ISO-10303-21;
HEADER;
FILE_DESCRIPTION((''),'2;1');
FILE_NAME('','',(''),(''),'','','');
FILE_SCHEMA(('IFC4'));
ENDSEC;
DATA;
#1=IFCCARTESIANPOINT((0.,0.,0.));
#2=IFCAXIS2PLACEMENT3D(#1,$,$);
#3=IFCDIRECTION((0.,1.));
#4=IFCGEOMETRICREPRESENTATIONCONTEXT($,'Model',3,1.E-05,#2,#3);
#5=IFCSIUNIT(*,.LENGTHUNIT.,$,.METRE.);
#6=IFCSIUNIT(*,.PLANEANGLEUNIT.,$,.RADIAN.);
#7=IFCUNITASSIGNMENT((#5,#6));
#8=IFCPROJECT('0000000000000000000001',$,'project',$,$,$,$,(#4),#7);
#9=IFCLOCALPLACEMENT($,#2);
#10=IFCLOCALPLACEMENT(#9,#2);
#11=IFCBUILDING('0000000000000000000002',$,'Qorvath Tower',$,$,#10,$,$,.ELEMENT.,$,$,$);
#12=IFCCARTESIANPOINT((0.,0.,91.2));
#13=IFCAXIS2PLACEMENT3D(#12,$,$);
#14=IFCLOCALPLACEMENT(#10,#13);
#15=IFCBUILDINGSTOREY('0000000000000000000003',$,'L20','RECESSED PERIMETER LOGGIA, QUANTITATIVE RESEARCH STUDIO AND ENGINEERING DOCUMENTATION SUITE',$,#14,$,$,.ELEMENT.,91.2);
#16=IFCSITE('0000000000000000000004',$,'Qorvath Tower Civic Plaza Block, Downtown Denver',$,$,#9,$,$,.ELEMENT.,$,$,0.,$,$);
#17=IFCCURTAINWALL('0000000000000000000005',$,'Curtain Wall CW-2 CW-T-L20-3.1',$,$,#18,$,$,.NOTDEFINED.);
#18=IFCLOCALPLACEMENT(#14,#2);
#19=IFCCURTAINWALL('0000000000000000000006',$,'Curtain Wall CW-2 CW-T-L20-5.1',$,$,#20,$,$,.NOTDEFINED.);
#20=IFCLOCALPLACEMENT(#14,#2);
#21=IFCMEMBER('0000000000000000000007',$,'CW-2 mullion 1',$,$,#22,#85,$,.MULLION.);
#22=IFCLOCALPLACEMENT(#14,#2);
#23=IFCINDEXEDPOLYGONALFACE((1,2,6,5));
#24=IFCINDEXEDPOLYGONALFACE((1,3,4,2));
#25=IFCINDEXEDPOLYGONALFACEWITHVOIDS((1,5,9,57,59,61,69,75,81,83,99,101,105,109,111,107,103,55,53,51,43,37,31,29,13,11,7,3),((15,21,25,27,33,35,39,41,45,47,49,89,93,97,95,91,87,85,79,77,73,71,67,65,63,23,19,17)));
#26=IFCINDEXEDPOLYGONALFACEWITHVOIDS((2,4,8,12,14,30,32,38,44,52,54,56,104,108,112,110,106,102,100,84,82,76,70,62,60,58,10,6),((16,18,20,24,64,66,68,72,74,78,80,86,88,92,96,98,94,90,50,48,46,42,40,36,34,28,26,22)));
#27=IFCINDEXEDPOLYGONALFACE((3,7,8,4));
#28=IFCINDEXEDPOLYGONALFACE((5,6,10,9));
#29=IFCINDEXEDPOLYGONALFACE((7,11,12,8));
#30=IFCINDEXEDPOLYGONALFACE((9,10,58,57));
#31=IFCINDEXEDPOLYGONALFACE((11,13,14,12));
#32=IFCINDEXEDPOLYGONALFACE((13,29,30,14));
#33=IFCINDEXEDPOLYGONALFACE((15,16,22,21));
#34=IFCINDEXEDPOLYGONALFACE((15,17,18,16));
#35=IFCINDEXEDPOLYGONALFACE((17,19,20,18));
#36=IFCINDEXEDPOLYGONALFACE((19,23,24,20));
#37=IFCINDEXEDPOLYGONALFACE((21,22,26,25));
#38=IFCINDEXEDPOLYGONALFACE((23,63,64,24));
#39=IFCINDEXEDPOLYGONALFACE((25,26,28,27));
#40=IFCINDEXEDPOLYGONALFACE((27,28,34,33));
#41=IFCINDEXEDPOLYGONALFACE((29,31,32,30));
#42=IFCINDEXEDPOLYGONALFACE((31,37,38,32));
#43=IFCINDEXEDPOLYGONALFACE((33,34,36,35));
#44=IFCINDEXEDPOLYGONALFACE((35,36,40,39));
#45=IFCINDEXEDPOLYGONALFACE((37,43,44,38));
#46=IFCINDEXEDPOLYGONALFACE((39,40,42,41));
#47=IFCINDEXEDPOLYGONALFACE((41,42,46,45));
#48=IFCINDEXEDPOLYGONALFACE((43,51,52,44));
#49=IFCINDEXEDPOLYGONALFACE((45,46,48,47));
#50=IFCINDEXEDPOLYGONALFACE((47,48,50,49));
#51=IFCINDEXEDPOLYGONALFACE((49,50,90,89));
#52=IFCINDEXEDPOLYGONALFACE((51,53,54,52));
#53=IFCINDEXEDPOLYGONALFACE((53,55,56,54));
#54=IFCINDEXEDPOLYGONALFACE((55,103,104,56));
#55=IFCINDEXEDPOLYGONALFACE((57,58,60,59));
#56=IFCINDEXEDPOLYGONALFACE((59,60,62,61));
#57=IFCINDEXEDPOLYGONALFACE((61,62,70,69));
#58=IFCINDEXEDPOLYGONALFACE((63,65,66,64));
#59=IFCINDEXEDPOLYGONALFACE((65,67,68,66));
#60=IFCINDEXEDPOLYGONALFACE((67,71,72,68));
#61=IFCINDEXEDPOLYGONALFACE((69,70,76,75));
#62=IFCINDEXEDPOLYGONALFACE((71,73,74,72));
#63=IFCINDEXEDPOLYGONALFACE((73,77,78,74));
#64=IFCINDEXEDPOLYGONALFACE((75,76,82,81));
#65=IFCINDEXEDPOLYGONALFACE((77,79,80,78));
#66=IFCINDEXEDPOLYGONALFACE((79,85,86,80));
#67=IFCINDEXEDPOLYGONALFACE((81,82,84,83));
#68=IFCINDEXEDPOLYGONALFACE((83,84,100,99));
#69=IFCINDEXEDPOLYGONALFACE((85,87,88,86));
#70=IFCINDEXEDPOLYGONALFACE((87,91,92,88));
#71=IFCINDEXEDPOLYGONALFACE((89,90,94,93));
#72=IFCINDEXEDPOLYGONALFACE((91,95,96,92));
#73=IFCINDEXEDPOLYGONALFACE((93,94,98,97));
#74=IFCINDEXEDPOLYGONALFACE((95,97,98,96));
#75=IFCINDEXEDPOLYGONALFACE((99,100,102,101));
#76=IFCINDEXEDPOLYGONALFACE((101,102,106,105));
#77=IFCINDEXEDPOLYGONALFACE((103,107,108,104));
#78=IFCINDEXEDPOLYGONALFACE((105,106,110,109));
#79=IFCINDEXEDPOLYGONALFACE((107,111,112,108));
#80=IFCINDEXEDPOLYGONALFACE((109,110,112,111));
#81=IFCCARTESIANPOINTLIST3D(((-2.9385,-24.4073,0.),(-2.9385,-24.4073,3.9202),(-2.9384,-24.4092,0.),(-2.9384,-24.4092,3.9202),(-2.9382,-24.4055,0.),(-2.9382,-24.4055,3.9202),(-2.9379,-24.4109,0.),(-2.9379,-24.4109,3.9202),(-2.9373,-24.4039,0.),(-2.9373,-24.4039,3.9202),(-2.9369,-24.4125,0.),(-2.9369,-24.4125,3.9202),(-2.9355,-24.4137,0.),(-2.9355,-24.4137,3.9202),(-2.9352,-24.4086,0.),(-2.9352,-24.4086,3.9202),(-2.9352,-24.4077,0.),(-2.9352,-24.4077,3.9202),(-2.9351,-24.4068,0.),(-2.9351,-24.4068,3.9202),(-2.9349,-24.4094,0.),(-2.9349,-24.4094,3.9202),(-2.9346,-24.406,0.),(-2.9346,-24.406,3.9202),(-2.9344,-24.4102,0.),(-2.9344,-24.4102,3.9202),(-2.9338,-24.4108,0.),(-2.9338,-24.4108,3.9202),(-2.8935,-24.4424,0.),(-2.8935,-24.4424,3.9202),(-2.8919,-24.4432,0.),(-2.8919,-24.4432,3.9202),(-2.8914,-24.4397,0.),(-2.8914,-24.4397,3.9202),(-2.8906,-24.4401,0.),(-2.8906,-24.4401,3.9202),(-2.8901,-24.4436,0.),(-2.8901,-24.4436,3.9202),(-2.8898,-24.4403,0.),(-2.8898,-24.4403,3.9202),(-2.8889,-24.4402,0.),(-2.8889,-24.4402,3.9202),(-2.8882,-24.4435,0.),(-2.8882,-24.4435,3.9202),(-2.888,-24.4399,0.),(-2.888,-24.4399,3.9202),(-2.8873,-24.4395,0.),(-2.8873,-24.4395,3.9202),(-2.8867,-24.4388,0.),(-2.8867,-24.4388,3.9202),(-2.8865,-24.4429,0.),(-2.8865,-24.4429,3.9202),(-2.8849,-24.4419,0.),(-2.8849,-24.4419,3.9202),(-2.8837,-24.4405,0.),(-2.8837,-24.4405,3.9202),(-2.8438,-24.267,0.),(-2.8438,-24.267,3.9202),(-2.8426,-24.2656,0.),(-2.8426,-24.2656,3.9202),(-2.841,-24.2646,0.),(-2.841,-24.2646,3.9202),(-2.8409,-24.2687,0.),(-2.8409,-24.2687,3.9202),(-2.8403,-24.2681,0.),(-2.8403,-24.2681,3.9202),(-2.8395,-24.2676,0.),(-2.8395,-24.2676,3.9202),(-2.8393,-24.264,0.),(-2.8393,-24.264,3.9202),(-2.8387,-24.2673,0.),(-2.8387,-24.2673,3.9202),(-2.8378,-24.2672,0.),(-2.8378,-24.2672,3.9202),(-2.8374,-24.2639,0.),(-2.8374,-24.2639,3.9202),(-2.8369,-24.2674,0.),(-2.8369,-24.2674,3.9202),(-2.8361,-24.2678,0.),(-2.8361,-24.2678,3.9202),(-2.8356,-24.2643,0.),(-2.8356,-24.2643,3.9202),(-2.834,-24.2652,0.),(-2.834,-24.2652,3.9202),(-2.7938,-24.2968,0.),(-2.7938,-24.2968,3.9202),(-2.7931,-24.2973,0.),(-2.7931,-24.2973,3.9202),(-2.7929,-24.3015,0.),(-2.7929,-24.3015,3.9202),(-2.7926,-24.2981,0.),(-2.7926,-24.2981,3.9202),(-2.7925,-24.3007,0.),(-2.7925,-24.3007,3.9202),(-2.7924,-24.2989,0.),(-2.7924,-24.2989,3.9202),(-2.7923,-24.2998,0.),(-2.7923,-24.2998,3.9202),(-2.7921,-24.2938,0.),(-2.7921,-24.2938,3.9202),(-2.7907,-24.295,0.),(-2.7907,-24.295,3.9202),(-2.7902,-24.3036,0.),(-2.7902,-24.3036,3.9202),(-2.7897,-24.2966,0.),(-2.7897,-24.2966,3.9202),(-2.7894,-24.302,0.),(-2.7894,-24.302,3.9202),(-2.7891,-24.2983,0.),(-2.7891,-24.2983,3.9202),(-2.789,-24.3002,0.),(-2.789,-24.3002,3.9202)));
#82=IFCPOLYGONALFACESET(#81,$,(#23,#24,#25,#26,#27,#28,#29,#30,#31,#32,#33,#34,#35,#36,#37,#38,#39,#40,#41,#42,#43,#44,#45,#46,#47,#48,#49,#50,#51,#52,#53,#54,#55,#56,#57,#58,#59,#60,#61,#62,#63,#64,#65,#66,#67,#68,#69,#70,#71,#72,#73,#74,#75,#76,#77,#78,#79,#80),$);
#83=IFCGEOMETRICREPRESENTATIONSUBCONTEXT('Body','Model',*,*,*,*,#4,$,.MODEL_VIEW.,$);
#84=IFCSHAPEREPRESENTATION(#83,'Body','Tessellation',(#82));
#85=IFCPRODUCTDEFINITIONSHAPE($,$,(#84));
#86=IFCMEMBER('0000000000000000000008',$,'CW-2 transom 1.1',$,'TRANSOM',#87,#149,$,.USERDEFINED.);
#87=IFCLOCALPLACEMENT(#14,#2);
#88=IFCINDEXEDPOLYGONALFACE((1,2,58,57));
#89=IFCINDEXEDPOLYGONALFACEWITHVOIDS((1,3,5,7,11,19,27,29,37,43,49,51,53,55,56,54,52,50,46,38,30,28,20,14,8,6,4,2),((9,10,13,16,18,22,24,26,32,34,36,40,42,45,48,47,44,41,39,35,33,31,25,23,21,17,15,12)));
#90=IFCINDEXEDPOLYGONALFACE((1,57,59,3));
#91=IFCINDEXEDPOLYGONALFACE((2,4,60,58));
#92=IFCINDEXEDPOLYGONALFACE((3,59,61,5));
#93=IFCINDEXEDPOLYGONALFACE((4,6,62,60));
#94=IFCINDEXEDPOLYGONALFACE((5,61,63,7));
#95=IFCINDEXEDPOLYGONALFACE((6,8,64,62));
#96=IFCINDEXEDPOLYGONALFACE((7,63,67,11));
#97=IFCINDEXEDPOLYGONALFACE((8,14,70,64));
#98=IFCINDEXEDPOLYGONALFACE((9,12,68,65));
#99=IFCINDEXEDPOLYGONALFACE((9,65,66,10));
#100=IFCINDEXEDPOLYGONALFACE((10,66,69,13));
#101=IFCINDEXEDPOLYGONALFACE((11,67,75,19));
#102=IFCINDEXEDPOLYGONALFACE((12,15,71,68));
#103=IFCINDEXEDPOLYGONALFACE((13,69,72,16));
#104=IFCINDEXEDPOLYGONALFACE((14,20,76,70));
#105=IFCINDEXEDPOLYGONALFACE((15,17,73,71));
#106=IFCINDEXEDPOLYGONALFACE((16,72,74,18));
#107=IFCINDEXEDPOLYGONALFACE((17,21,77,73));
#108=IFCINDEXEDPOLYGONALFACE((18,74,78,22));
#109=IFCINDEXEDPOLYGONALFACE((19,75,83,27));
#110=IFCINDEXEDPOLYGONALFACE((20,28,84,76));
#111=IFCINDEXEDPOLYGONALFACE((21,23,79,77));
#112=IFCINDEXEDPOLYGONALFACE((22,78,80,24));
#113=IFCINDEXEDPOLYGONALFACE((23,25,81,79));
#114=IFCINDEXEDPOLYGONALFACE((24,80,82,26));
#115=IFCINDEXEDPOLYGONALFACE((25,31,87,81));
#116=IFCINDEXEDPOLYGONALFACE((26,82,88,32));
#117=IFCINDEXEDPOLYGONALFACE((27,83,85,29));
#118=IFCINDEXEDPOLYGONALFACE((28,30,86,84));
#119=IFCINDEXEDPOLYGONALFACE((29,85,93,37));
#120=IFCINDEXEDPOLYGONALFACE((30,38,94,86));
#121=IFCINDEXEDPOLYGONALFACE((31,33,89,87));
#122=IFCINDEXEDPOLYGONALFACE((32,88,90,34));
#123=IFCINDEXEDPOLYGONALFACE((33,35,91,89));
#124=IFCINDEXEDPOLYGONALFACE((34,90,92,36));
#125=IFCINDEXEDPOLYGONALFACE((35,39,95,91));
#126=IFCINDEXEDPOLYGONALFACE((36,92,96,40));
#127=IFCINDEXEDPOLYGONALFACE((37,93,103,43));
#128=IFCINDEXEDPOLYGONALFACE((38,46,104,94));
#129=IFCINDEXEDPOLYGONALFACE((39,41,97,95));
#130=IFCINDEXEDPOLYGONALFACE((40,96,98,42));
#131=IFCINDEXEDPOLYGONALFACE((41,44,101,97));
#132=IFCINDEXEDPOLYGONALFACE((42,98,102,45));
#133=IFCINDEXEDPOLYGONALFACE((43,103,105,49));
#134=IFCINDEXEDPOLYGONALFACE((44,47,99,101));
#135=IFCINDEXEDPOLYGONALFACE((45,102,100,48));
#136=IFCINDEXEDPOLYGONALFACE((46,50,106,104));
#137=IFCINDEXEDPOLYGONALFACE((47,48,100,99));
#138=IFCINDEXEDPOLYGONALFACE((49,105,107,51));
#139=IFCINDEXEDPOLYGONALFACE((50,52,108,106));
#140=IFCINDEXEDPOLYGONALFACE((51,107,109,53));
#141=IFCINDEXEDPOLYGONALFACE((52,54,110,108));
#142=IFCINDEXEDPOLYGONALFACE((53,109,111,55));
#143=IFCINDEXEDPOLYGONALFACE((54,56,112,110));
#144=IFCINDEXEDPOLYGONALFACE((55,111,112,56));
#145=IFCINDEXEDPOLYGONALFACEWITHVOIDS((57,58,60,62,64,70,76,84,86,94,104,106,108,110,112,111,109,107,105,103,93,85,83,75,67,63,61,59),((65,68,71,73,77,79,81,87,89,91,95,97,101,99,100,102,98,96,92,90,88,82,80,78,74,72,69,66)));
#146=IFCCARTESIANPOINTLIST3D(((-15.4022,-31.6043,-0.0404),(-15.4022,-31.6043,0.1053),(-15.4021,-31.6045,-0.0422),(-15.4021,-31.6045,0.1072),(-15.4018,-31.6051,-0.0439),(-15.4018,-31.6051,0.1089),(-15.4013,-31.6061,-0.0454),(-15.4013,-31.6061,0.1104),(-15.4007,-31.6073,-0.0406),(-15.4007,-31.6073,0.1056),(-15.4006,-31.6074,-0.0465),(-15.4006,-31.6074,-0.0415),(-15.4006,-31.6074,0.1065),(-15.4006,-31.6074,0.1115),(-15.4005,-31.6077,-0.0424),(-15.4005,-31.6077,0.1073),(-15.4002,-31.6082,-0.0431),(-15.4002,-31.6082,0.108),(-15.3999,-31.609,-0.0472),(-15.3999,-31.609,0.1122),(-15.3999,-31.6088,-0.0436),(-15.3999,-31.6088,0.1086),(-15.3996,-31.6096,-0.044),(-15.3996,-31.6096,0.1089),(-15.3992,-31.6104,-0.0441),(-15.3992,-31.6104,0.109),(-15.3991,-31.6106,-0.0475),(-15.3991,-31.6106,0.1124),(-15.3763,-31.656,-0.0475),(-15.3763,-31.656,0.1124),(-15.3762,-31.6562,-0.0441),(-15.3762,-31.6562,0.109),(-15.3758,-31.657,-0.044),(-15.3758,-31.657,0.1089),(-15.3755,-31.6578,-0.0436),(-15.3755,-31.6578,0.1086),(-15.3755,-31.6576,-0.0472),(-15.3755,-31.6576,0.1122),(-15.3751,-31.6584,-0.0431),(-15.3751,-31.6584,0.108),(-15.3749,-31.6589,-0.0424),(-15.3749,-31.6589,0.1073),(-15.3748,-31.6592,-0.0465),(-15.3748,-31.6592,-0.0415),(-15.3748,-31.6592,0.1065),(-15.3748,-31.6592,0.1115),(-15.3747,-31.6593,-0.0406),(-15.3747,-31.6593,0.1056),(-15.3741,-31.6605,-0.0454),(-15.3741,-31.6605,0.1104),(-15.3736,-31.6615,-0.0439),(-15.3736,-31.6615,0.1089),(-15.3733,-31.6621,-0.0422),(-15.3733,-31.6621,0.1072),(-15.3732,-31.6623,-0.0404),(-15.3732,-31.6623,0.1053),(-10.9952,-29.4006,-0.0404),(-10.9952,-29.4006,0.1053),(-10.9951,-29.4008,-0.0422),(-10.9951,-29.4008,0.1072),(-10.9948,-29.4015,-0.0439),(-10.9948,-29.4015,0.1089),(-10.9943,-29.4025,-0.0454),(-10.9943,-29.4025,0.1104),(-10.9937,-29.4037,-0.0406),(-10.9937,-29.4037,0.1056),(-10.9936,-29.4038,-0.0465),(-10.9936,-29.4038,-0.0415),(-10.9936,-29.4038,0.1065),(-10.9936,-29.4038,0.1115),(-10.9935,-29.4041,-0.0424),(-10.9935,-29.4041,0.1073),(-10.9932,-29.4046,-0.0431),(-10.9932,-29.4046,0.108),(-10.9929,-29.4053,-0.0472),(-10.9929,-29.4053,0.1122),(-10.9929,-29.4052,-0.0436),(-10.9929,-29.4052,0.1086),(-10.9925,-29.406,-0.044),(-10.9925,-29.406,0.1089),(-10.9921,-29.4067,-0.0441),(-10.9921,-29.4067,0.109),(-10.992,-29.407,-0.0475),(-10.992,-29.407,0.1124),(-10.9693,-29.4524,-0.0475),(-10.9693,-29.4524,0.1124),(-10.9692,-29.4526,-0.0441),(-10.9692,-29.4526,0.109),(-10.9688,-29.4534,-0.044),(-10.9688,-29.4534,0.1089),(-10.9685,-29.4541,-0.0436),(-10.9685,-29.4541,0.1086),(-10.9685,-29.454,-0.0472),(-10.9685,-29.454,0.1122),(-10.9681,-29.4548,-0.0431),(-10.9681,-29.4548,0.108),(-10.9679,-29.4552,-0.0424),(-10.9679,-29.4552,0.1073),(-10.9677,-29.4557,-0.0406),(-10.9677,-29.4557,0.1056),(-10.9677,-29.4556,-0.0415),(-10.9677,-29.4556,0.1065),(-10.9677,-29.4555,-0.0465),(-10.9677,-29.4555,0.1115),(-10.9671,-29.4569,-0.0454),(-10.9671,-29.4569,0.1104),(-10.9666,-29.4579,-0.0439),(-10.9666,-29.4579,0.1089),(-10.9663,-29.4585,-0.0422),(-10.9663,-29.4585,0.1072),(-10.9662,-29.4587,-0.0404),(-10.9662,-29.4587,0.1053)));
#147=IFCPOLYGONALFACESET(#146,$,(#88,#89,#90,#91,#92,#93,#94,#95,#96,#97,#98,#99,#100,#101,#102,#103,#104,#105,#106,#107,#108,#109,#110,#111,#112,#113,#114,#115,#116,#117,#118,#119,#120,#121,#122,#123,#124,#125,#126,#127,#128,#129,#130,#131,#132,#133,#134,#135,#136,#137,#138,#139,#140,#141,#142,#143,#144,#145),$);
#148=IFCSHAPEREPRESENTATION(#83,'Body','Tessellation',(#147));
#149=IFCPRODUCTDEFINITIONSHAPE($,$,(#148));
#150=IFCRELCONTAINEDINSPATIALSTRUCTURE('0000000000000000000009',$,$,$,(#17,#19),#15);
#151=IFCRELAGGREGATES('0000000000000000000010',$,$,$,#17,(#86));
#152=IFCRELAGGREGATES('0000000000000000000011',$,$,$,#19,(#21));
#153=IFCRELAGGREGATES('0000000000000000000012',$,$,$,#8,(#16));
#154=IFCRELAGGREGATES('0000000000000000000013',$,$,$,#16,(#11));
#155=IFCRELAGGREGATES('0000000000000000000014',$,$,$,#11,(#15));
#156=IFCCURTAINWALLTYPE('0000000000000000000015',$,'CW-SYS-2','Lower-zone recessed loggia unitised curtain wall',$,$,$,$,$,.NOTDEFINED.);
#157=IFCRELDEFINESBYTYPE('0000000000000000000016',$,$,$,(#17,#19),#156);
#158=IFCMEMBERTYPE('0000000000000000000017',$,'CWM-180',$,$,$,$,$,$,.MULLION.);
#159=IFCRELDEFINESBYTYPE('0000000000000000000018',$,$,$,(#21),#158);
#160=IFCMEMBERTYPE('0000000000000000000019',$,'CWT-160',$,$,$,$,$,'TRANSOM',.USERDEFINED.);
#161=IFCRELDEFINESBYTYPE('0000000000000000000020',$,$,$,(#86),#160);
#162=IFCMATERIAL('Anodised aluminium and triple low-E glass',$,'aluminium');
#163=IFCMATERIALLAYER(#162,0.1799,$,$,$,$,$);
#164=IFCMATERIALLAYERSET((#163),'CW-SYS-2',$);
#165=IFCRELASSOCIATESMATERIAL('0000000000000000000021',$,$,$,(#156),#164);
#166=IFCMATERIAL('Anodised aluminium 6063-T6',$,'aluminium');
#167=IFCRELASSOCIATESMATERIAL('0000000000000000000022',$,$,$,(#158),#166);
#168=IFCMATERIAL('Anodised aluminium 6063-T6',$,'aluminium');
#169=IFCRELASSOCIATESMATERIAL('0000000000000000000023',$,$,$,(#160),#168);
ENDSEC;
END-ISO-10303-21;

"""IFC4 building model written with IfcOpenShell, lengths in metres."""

from ifc_helpers import new_model, si_unit, direction, frame, origin, origin_2d, place, context, subcontext, project, spatial, hollow_rectangle, extrude, material, layer, layer_set, material_profile, profile_set, type_object, element, aggregate, save


model = new_model("IFC4")

# Units and contexts
model_context = context("Model", 3, precision=1e-05, world=origin(), true_north=direction((0.0, 1.0)))
body_context = subcontext(model_context, "Body", "Model", "MODEL_VIEW")
ifc_project = project(units=[si_unit("LENGTHUNIT", "METRE"), si_unit("PLANEANGLEUNIT", "RADIAN")], contexts=[model_context])

# Site, building, storey
site_placement = place(None, origin())
site = spatial("IfcSite", under=ifc_project, at=site_placement, Name="Qorvath Tower Civic Plaza Block, Downtown Denver", CompositionType="ELEMENT", RefElevation=0.0)
building_placement = place(site_placement, origin())
building = spatial("IfcBuilding", under=site, at=building_placement, Name="Qorvath Tower", CompositionType="ELEMENT")
storey_placement = place(building_placement, frame((0.0, 0.0, 91.2)))
storey = spatial("IfcBuildingStorey", under=building, at=storey_placement, Name="L20", Description="RECESSED PERIMETER LOGGIA, QUANTITATIVE RESEARCH STUDIO AND ENGINEERING DOCUMENTATION SUITE", CompositionType="ELEMENT", Elevation=91.2)

# Shared definitions
ifc_material_1 = material(Name="Anodised aluminium and triple low-E glass", Category="aluminium")
ifc_layer_1 = layer(ifc_material_1, 0.1799)
ifc_layer_set_1 = layer_set([ifc_layer_1], Name="CW-SYS-2")
curtain_wall_type = type_object("IfcCurtainWallType", Name="CW-SYS-2", Description="Lower-zone recessed loggia unitised curtain wall", PredefinedType="NOTDEFINED", material=ifc_layer_set_1)
ifc_material_2 = material(Name="Anodised aluminium 6063-T6", Category="aluminium")
ifc_material_profile_1 = material_profile(ifc_material_2, hollow_rectangle(XDim=0.0649, YDim=0.1799, WallThickness=0.0034, InnerFilletRadius=0.0034, OuterFilletRadius=0.0071, at=origin_2d()), Name="CWM 180x65")
ifc_profile_set_1 = profile_set([ifc_material_profile_1], Name="Anodised aluminium 6063-T6")
member_type_1 = type_object("IfcMemberType", Name="CWM-180", PredefinedType="MULLION", material=ifc_profile_set_1)

# Curtain wall
curtain_wall_1_placement = place(storey_placement, origin())
curtain_wall_1 = element("IfcCurtainWall", 1, at=curtain_wall_1_placement, inside=storey, type_object=curtain_wall_type, Name="Curtain Wall CW-2 CW-T-L20-3.1", PredefinedType="NOTDEFINED")

# Curtain wall, member
curtain_wall_2_placement = place(storey_placement, origin())
curtain_wall_2 = element("IfcCurtainWall", 2, at=curtain_wall_2_placement, inside=storey, type_object=curtain_wall_type, Name="Curtain Wall CW-2 CW-T-L20-5.1", PredefinedType="NOTDEFINED")
member_1_placement = place(storey_placement, frame((-2.8638, -24.3538, 0.0), z_axis=(0.0, 0.0, 1.0), x_axis=(-0.825733, 0.564062, 0.0)))
member_1 = element("IfcMember", 3, at=member_1_placement, type_object=member_type_1, Name="CW-2 mullion 1", PredefinedType="MULLION", context=body_context, shape_type="SweptSolid", body=[
    extrude(hollow_rectangle(XDim=0.0649, YDim=0.1799, WallThickness=0.0034, InnerFilletRadius=0.0034, OuterFilletRadius=0.0071, at=origin_2d()), origin(), (0.0, 0.0, 1.0), 3.9202),
])

# Member
ifc_material_3 = material(Name="Anodised aluminium 6063-T6", Category="aluminium")
ifc_material_profile_2 = material_profile(ifc_material_3, hollow_rectangle(XDim=0.0649, YDim=0.1599, WallThickness=0.0034, InnerFilletRadius=0.0034, OuterFilletRadius=0.0071, at=origin_2d()), Name="CWT 160x65")
ifc_profile_set_2 = profile_set([ifc_material_profile_2], Name="Anodised aluminium 6063-T6")
member_type_2 = type_object("IfcMemberType", Name="CWT-160", ElementType="TRANSOM", PredefinedType="USERDEFINED", material=ifc_profile_set_2)
member_2_placement = place(storey_placement, frame((-15.3877, -31.6333, 0.0325), z_axis=(0.894417, 0.447233, 0.0), x_axis=(-0.447233, 0.894417, 0.0)))
member_2 = element("IfcMember", 4, at=member_2_placement, type_object=member_type_2, Name="CW-2 transom 1.1", ObjectType="TRANSOM", PredefinedType="USERDEFINED", context=body_context, shape_type="SweptSolid", body=[
    extrude(hollow_rectangle(XDim=0.0649, YDim=0.1599, WallThickness=0.0034, InnerFilletRadius=0.0034, OuterFilletRadius=0.0071, at=origin_2d()), origin(), (0.0, 0.0, 1.0), 4.9272),
])

aggregate(curtain_wall_1, [member_2])
aggregate(curtain_wall_2, [member_1])

save(model, "model.ifc")
